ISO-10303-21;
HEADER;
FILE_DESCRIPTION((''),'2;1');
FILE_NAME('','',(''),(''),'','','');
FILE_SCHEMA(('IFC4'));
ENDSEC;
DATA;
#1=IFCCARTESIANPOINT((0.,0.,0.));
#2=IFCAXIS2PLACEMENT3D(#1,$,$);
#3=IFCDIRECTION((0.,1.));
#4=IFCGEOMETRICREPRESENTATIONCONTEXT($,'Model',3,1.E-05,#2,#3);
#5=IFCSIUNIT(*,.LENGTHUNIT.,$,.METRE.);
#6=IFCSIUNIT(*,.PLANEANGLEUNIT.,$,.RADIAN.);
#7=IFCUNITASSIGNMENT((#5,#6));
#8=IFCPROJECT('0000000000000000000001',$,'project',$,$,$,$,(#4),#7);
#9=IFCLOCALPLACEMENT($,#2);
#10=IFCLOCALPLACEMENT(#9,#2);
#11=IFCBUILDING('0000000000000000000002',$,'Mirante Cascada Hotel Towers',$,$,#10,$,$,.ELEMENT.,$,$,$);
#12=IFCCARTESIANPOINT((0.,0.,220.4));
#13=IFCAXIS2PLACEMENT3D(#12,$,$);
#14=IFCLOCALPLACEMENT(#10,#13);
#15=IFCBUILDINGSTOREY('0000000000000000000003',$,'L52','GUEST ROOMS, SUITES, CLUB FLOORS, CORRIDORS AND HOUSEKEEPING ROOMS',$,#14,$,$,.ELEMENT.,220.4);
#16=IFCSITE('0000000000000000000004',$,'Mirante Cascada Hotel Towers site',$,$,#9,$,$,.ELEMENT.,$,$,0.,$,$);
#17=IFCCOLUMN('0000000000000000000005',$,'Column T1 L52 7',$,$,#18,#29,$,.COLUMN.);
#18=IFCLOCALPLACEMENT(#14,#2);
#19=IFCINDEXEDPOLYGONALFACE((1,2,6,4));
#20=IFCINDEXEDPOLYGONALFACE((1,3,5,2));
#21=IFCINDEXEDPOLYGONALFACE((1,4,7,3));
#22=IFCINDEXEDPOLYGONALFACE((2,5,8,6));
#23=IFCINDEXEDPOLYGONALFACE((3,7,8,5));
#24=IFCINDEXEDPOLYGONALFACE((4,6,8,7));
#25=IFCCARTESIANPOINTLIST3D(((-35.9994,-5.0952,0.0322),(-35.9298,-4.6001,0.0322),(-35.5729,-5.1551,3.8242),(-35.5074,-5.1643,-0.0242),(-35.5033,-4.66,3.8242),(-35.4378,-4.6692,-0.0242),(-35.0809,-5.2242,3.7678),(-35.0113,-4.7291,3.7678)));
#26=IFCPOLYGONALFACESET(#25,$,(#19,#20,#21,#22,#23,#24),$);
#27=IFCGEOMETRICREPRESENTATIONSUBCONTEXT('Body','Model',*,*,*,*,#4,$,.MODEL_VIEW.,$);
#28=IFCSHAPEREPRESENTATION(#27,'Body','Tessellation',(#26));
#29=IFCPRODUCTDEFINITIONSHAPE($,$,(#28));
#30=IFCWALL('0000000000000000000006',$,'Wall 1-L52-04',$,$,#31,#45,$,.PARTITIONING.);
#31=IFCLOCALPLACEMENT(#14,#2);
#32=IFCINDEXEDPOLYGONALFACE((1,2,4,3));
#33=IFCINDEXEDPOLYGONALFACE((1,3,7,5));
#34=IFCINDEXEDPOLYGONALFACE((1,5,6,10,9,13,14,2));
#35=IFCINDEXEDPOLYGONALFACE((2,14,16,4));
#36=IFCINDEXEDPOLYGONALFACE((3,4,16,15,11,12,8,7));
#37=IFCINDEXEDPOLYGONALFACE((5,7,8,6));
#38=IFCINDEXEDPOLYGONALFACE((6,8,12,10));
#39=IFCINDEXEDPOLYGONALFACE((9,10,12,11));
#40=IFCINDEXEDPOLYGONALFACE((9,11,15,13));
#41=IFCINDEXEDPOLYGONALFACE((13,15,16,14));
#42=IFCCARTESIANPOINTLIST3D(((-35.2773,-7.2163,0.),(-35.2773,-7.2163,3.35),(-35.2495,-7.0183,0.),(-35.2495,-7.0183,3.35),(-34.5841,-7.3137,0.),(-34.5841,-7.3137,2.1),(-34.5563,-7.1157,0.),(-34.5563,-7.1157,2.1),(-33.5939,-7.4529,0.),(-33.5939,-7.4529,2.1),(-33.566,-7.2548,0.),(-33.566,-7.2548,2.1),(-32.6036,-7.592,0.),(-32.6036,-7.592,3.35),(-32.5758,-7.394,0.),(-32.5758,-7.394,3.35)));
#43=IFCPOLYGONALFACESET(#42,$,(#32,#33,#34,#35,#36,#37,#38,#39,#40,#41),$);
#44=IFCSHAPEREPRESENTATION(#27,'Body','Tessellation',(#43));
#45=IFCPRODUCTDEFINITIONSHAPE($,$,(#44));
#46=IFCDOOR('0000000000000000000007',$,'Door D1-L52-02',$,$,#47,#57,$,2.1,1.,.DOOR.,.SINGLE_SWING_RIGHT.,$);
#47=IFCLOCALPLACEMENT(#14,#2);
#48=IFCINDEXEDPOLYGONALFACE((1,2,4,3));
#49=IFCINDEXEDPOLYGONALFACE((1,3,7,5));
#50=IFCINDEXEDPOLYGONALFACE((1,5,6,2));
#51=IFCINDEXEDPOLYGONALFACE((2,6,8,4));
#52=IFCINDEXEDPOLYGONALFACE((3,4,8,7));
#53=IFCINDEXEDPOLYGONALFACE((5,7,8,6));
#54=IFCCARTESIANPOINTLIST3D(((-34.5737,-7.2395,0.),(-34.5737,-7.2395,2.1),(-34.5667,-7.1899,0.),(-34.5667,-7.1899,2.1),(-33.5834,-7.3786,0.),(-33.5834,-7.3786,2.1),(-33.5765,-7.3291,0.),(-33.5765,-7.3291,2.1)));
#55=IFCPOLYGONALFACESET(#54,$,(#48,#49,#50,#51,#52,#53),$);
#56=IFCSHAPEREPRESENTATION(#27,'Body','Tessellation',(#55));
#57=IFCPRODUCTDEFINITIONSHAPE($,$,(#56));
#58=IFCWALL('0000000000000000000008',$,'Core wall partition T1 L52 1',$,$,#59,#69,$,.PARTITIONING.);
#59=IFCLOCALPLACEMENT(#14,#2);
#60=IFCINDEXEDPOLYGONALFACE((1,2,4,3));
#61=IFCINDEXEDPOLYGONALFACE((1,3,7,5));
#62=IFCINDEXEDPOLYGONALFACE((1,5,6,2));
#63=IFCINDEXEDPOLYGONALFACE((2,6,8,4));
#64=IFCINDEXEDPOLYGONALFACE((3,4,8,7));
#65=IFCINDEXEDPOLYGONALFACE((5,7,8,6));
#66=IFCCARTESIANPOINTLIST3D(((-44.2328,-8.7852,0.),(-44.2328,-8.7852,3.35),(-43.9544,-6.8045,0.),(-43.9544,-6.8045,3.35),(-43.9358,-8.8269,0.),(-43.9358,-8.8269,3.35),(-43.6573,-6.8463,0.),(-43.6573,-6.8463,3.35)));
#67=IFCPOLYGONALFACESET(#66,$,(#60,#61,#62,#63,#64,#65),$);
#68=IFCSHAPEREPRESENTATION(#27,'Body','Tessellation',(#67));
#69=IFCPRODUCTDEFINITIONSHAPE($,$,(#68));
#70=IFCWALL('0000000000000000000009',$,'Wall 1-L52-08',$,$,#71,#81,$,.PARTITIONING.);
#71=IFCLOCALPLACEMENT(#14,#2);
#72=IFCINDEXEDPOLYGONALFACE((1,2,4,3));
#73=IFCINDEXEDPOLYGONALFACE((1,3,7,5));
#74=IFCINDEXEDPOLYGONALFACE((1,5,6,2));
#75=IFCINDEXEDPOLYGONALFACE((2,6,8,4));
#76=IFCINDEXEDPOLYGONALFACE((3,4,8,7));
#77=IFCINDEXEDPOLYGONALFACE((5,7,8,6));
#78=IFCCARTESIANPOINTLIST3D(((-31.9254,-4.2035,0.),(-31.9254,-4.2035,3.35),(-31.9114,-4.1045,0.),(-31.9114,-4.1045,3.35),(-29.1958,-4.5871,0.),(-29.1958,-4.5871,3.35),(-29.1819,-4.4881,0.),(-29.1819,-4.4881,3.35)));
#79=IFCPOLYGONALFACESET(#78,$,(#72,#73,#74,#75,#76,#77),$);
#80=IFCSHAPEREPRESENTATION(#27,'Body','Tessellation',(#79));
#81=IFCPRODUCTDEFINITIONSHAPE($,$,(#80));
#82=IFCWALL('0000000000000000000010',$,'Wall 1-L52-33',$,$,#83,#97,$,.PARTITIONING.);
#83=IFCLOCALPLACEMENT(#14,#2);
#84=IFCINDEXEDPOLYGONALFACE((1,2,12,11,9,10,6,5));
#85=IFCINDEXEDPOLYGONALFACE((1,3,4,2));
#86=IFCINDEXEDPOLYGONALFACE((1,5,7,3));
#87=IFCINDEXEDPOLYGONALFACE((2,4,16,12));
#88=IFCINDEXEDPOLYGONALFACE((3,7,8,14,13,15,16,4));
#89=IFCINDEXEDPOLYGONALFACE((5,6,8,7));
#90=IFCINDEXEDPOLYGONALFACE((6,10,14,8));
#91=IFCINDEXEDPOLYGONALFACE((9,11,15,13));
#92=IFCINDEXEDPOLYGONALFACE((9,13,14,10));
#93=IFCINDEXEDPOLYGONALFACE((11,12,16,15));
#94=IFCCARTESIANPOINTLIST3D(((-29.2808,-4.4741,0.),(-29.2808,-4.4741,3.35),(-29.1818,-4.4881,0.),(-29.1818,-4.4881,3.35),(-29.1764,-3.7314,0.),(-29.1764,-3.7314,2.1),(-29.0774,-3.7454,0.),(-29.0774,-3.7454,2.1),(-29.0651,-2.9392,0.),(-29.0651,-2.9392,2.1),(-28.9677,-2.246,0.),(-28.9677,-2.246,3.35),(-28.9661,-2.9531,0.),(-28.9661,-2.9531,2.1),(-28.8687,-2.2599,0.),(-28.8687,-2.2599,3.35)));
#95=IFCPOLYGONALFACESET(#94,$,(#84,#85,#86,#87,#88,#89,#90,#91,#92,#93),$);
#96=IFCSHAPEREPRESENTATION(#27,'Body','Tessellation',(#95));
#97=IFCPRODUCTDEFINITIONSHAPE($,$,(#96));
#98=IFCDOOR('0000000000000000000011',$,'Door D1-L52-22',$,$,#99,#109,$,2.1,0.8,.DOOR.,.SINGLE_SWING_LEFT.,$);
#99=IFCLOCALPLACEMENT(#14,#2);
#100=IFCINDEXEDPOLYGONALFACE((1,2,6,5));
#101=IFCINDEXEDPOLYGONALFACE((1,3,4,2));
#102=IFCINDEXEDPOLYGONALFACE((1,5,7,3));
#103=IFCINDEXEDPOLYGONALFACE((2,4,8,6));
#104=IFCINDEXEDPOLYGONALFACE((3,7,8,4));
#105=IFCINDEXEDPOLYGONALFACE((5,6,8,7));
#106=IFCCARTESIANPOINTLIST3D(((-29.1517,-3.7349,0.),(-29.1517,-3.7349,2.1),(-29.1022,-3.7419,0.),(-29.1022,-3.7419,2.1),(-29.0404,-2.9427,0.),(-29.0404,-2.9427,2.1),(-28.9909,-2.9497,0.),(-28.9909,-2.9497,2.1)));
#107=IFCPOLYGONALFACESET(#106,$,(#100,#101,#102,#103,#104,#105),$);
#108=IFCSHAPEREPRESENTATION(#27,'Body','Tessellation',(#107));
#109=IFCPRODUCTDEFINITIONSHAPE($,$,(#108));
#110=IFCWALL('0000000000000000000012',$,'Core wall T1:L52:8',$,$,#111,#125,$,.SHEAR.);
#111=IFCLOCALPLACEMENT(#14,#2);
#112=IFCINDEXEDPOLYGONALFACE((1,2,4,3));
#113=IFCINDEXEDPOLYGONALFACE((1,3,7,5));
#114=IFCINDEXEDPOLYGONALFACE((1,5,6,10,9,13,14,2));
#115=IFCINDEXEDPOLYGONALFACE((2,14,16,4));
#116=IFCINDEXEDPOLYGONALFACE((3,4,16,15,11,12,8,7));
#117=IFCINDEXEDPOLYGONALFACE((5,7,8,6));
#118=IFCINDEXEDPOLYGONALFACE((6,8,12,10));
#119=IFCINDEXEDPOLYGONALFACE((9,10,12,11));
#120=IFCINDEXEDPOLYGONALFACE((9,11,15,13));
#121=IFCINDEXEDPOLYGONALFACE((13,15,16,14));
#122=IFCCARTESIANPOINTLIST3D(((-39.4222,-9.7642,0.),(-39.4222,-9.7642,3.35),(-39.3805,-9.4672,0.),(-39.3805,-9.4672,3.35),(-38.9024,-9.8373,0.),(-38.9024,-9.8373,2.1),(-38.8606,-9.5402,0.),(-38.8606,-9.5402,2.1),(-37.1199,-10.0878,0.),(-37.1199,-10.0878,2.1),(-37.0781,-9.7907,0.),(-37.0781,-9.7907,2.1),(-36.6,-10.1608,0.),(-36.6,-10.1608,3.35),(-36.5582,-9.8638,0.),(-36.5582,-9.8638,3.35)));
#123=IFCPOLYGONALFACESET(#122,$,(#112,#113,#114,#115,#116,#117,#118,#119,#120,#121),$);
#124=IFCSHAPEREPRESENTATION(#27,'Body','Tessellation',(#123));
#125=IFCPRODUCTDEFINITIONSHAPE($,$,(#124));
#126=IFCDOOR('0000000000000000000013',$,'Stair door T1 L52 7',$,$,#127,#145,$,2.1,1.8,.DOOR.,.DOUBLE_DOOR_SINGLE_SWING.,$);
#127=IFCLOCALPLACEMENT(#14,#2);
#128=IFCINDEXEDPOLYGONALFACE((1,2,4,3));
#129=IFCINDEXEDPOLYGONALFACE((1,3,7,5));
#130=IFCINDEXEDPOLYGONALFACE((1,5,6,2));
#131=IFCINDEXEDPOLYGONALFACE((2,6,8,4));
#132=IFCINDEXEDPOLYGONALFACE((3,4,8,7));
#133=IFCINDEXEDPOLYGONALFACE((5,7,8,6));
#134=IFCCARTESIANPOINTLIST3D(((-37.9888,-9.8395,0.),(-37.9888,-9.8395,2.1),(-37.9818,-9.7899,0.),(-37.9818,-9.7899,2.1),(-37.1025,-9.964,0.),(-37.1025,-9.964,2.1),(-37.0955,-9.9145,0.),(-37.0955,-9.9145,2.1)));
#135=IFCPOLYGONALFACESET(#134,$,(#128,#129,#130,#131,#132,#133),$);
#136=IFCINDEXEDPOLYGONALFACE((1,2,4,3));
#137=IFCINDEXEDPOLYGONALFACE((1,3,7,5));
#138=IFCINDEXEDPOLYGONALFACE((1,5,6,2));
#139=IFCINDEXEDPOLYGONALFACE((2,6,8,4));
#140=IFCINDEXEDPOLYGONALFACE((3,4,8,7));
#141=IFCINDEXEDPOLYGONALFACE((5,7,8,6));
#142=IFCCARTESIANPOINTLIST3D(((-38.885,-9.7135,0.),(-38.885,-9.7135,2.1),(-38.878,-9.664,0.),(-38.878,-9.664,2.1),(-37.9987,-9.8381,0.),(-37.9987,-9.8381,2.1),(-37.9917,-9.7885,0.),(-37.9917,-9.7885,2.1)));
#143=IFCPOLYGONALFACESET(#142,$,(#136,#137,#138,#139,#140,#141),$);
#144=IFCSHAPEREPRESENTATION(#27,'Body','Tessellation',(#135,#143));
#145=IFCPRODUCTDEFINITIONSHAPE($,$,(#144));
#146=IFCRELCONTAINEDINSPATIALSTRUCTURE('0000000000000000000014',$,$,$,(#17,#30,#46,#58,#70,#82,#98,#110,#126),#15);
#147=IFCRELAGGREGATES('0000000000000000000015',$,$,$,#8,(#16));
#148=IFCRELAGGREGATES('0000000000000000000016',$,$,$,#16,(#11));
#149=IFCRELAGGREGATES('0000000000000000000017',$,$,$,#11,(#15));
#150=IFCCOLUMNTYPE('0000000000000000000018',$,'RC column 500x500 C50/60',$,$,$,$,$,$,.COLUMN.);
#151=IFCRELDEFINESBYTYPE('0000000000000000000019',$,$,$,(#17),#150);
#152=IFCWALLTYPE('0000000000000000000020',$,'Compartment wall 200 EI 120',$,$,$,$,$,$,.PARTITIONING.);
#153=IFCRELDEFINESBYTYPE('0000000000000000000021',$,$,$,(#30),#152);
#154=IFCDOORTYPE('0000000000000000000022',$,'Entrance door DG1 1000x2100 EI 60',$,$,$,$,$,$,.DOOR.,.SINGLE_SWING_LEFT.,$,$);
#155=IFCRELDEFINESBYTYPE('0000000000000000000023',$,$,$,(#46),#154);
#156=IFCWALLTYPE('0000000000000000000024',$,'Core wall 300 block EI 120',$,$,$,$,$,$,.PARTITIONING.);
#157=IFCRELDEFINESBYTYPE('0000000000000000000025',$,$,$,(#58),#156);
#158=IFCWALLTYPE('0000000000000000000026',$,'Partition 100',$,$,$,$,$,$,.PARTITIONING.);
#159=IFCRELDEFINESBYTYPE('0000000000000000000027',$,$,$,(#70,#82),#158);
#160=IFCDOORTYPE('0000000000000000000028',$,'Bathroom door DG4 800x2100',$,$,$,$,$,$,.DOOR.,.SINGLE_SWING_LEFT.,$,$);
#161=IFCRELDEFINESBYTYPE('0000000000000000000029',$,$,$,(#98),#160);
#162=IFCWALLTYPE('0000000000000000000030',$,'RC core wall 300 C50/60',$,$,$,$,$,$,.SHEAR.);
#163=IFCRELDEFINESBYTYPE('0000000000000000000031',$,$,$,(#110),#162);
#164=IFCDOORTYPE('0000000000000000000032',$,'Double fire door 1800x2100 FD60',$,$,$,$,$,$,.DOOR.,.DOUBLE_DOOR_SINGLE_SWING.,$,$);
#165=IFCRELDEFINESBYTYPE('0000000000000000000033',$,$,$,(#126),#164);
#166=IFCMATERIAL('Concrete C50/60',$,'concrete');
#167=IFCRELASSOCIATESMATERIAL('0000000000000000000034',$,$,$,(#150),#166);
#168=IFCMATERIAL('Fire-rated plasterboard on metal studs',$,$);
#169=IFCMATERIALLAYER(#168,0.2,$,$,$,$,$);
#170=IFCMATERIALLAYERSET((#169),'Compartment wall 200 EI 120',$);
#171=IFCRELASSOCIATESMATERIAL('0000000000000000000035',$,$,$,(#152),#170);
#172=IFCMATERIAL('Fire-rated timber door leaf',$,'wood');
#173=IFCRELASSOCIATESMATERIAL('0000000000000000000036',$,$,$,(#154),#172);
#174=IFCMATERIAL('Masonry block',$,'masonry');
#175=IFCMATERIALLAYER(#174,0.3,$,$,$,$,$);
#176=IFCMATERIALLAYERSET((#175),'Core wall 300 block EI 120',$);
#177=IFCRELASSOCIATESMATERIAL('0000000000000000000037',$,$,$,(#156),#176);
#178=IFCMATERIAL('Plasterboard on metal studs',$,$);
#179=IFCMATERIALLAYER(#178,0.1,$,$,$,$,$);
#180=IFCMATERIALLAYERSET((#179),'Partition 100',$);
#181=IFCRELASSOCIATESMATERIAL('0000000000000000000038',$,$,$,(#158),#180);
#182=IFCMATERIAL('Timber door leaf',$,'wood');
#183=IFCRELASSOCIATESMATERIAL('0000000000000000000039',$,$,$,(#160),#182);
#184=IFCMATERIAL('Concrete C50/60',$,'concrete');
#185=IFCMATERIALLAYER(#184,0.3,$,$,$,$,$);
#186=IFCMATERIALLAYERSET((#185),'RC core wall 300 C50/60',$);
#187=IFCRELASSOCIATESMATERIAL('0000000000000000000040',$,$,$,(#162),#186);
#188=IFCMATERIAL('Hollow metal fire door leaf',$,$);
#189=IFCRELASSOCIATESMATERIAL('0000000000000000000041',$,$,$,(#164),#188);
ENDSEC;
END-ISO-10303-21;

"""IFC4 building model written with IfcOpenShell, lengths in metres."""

from ifc_helpers import new_model, si_unit, direction, frame, frame_2d, origin, origin_2d, place, context, subcontext, project, spatial, rectangle, extrude, material, layer, layer_set, material_profile, profile_set, type_object, element, fill, save


model = new_model("IFC4")

# Units and contexts
model_context = context("Model", 3, precision=1e-05, world=origin(), true_north=direction((0.0, 1.0)))
body_context = subcontext(model_context, "Body", "Model", "MODEL_VIEW")
ifc_project = project(units=[si_unit("LENGTHUNIT", "METRE"), si_unit("PLANEANGLEUNIT", "RADIAN")], contexts=[model_context])

# Site, building, storey
site_placement = place(None, origin())
site = spatial("IfcSite", under=ifc_project, at=site_placement, Name="Mirante Cascada Hotel Towers site", CompositionType="ELEMENT", RefElevation=0.0)
building_placement = place(site_placement, origin())
building = spatial("IfcBuilding", under=site, at=building_placement, Name="Mirante Cascada Hotel Towers", CompositionType="ELEMENT")
storey_placement = place(building_placement, frame((0.0, 0.0, 220.4)))
storey = spatial("IfcBuildingStorey", under=building, at=storey_placement, Name="L52", Description="GUEST ROOMS, SUITES, CLUB FLOORS, CORRIDORS AND HOUSEKEEPING ROOMS", CompositionType="ELEMENT", Elevation=220.4)

# Column
ifc_material_1 = material(Name="Concrete C50/60", Category="concrete")
ifc_material_profile = material_profile(ifc_material_1, rectangle(XDim=0.5, YDim=0.5, at=origin_2d()), Name="RC column 500x500 C50/60")
ifc_profile_set = profile_set([ifc_material_profile], Name="Concrete C50/60")
column_type = type_object("IfcColumnType", Name="RC column 500x500 C50/60", PredefinedType="COLUMN", material=ifc_profile_set)
column_placement = place(storey_placement, frame((-35.7186, -4.8822, 0.004), z_axis=(0.111755, -0.015696, 0.993612), x_axis=(0.13908, 0.990281, 0.0)))
element("IfcColumn", 1, at=column_placement, inside=storey, type_object=column_type, Name="Column T1 L52 7", PredefinedType="COLUMN", context=body_context, shape_type="SweptSolid", body=[
    extrude(rectangle(XDim=0.5, YDim=0.5, at=origin_2d()), origin(), (0.0, 0.0, 1.0), 3.8164),
])

# Wall, opening, door
ifc_material_2 = material(Name="Fire-rated plasterboard on metal studs")
ifc_layer_1 = layer(ifc_material_2, 0.2)
ifc_layer_set_1 = layer_set([ifc_layer_1], Name="Compartment wall 200 EI 120")
wall_type_1 = type_object("IfcWallType", Name="Compartment wall 200 EI 120", PredefinedType="PARTITIONING", material=ifc_layer_set_1)
wall_1_placement = place(storey_placement, frame((-35.2634, -7.1173, 0.0), z_axis=(0.0, 0.0, 1.0), x_axis=(0.990271, -0.13915, 0.0)))
wall_1 = element("IfcWall", 2, at=wall_1_placement, inside=storey, type_object=wall_type_1, Name="Wall 1-L52-04", PredefinedType="PARTITIONING", context=body_context, shape_type="SweptSolid", body=[
    extrude(rectangle(XDim=2.7, YDim=0.2, at=frame_2d((1.35, 0.0))), origin(), (0.0, 0.0, 1.0), 3.35),
])
opening_1_placement = place(wall_1_placement, frame((0.7, 0.0, 0.0)))
opening_1 = element("IfcOpeningElement", 3, at=opening_1_placement, cuts=wall_1, PredefinedType="OPENING", context=body_context, shape_type="SweptSolid", body=[
    extrude(rectangle(XDim=1.0, YDim=2.1, at=frame_2d((0.5, 1.05))), frame((0.0, 0.1, 0.0), z_axis=(0.0, -1.0, 0.0), x_axis=(1.0, 0.0, 0.0)), (0.0, 0.0, 1.0), 0.2),
])
ifc_material_3 = material(Name="Fire-rated timber door leaf", Category="wood")
door_type_1 = type_object("IfcDoorType", Name="Entrance door DG1 1000x2100 EI 60", OperationType="SINGLE_SWING_LEFT", PredefinedType="DOOR", material=ifc_material_3)
door_1_placement = place(opening_1_placement, frame((1.0, 0.0, 0.0), z_axis=(0.0, 0.0, 1.0), x_axis=(-1.0, 0.0, 0.0)))
door_1 = element("IfcDoor", 4, at=door_1_placement, inside=storey, type_object=door_type_1, Name="Door D1-L52-02", OperationType="SINGLE_SWING_RIGHT", OverallHeight=2.1, OverallWidth=1.0, PredefinedType="DOOR", context=body_context, shape_type="SweptSolid", body=[
    extrude(rectangle(XDim=1.0, YDim=2.1, at=frame_2d((0.5, 1.05))), frame((0.0, 0.025, 0.0), z_axis=(0.0, -1.0, 0.0), x_axis=(1.0, 0.0, 0.0)), (0.0, 0.0, 1.0), 0.05),
])
fill(opening_1, door_1)

# Walls
ifc_material_4 = material(Name="Masonry block", Category="masonry")
ifc_layer_2 = layer(ifc_material_4, 0.3)
ifc_layer_set_2 = layer_set([ifc_layer_2], Name="Core wall 300 block EI 120")
wall_type_2 = type_object("IfcWallType", Name="Core wall 300 block EI 120", PredefinedType="PARTITIONING", material=ifc_layer_set_2)
wall_2_placement = place(storey_placement, frame((-44.0843, -8.8061, 0.0), z_axis=(0.0, 0.0, 1.0), x_axis=(0.139195, 0.990265, 0.0)))
element("IfcWall", 5, at=wall_2_placement, inside=storey, type_object=wall_type_2, Name="Core wall partition T1 L52 1", PredefinedType="PARTITIONING", context=body_context, shape_type="SweptSolid", body=[
    extrude(rectangle(XDim=2.0001, YDim=0.3, at=frame_2d((1.0001, 0.0))), origin(), (0.0, 0.0, 1.0), 3.35),
])
ifc_material_5 = material(Name="Plasterboard on metal studs")
ifc_layer_3 = layer(ifc_material_5, 0.1)
ifc_layer_set_3 = layer_set([ifc_layer_3], Name="Partition 100")
wall_type_3 = type_object("IfcWallType", Name="Partition 100", PredefinedType="PARTITIONING", material=ifc_layer_set_3)
wall_3_placement = place(storey_placement, frame((-31.9184, -4.154, 0.0), z_axis=(0.0, 0.0, 1.0), x_axis=(0.990269, -0.139166, 0.0)))
element("IfcWall", 6, at=wall_3_placement, inside=storey, type_object=wall_type_3, Name="Wall 1-L52-08", PredefinedType="PARTITIONING", context=body_context, shape_type="SweptSolid", body=[
    extrude(rectangle(XDim=2.7564, YDim=0.1, at=frame_2d((1.3782, 0.0))), origin(), (0.0, 0.0, 1.0), 3.35),
])

# Walls, openings, doors
wall_4_placement = place(storey_placement, frame((-29.2313, -4.4811, 0.0), z_axis=(0.0, 0.0, 1.0), x_axis=(0.139156, 0.990271, 0.0)))
wall_4 = element("IfcWall", 7, at=wall_4_placement, inside=storey, type_object=wall_type_3, Name="Wall 1-L52-33", PredefinedType="PARTITIONING", context=body_context, shape_type="SweptSolid", body=[
    extrude(rectangle(XDim=2.25, YDim=0.1, at=frame_2d((1.125, 0.0))), origin(), (0.0, 0.0, 1.0), 3.35),
])
opening_2_placement = place(wall_4_placement, frame((0.75, 0.0, 0.0)))
opening_2 = element("IfcOpeningElement", 8, at=opening_2_placement, cuts=wall_4, PredefinedType="OPENING", context=body_context, shape_type="SweptSolid", body=[
    extrude(rectangle(XDim=0.8, YDim=2.1, at=frame_2d((0.4, 1.05))), frame((0.0, 0.05, 0.0), z_axis=(0.0, -1.0, 0.0), x_axis=(1.0, 0.0, 0.0)), (0.0, 0.0, 1.0), 0.1),
])
ifc_material_6 = material(Name="Timber door leaf", Category="wood")
door_type_2 = type_object("IfcDoorType", Name="Bathroom door DG4 800x2100", OperationType="SINGLE_SWING_LEFT", PredefinedType="DOOR", material=ifc_material_6)
door_2_placement = place(opening_2_placement, origin())
door_2 = element("IfcDoor", 9, at=door_2_placement, inside=storey, type_object=door_type_2, Name="Door D1-L52-22", OperationType="SINGLE_SWING_LEFT", OverallHeight=2.1, OverallWidth=0.8, PredefinedType="DOOR", context=body_context, shape_type="SweptSolid", body=[
    extrude(rectangle(XDim=0.8, YDim=2.1, at=frame_2d((0.4, 1.05))), frame((0.0, 0.025, 0.0), z_axis=(0.0, -1.0, 0.0), x_axis=(1.0, 0.0, 0.0)), (0.0, 0.0, 1.0), 0.05),
])
fill(opening_2, door_2)
ifc_material_7 = material(Name="Concrete C50/60", Category="concrete")
ifc_layer_4 = layer(ifc_material_7, 0.3)
ifc_layer_set_4 = layer_set([ifc_layer_4], Name="RC core wall 300 C50/60")
wall_type_4 = type_object("IfcWallType", Name="RC core wall 300 C50/60", PredefinedType="SHEAR", material=ifc_layer_set_4)
wall_5_placement = place(storey_placement, frame((-36.5791, -10.0123, 0.0), z_axis=(0.0, 0.0, 1.0), x_axis=(-0.99027, 0.139156, 0.0)))
wall_5 = element("IfcWall", 10, at=wall_5_placement, inside=storey, type_object=wall_type_4, Name="Core wall T1:L52:8", PredefinedType="SHEAR", context=body_context, shape_type="SweptSolid", body=[
    extrude(rectangle(XDim=2.85, YDim=0.3, at=frame_2d((1.425, 0.0))), origin(), (0.0, 0.0, 1.0), 3.35),
])
opening_3_placement = place(wall_5_placement, frame((0.525, 0.0, 0.0)))
opening_3 = element("IfcOpeningElement", 11, at=opening_3_placement, cuts=wall_5, PredefinedType="OPENING", context=body_context, shape_type="SweptSolid", body=[
    extrude(rectangle(XDim=1.8, YDim=2.1, at=frame_2d((0.9, 1.05))), frame((0.0, 0.15, 0.0), z_axis=(0.0, -1.0, 0.0), x_axis=(1.0, 0.0, 0.0)), (0.0, 0.0, 1.0), 0.3),
])
ifc_material_8 = material(Name="Hollow metal fire door leaf")
door_type_3 = type_object("IfcDoorType", Name="Double fire door 1800x2100 FD60", OperationType="DOUBLE_DOOR_SINGLE_SWING", PredefinedType="DOOR", material=ifc_material_8)
door_3_placement = place(opening_3_placement, origin())
door_3 = element("IfcDoor", 12, at=door_3_placement, inside=storey, type_object=door_type_3, Name="Stair door T1 L52 7", OperationType="DOUBLE_DOOR_SINGLE_SWING", OverallHeight=2.1, OverallWidth=1.8, PredefinedType="DOOR", context=body_context, shape_type="SweptSolid", body=[
    extrude(rectangle(XDim=0.895, YDim=2.1, at=frame_2d((0.4475, 1.05))), frame((0.0, 0.025, 0.0), z_axis=(0.0, -1.0, 0.0), x_axis=(1.0, 0.0, 0.0)), (0.0, 0.0, 1.0), 0.05),
    extrude(rectangle(XDim=0.895, YDim=2.1, at=frame_2d((1.3525, 1.05))), frame((0.0, 0.025, 0.0), z_axis=(0.0, -1.0, 0.0), x_axis=(1.0, 0.0, 0.0)), (0.0, 0.0, 1.0), 0.05),
])
fill(opening_3, door_3)

save(model, "model.ifc")
